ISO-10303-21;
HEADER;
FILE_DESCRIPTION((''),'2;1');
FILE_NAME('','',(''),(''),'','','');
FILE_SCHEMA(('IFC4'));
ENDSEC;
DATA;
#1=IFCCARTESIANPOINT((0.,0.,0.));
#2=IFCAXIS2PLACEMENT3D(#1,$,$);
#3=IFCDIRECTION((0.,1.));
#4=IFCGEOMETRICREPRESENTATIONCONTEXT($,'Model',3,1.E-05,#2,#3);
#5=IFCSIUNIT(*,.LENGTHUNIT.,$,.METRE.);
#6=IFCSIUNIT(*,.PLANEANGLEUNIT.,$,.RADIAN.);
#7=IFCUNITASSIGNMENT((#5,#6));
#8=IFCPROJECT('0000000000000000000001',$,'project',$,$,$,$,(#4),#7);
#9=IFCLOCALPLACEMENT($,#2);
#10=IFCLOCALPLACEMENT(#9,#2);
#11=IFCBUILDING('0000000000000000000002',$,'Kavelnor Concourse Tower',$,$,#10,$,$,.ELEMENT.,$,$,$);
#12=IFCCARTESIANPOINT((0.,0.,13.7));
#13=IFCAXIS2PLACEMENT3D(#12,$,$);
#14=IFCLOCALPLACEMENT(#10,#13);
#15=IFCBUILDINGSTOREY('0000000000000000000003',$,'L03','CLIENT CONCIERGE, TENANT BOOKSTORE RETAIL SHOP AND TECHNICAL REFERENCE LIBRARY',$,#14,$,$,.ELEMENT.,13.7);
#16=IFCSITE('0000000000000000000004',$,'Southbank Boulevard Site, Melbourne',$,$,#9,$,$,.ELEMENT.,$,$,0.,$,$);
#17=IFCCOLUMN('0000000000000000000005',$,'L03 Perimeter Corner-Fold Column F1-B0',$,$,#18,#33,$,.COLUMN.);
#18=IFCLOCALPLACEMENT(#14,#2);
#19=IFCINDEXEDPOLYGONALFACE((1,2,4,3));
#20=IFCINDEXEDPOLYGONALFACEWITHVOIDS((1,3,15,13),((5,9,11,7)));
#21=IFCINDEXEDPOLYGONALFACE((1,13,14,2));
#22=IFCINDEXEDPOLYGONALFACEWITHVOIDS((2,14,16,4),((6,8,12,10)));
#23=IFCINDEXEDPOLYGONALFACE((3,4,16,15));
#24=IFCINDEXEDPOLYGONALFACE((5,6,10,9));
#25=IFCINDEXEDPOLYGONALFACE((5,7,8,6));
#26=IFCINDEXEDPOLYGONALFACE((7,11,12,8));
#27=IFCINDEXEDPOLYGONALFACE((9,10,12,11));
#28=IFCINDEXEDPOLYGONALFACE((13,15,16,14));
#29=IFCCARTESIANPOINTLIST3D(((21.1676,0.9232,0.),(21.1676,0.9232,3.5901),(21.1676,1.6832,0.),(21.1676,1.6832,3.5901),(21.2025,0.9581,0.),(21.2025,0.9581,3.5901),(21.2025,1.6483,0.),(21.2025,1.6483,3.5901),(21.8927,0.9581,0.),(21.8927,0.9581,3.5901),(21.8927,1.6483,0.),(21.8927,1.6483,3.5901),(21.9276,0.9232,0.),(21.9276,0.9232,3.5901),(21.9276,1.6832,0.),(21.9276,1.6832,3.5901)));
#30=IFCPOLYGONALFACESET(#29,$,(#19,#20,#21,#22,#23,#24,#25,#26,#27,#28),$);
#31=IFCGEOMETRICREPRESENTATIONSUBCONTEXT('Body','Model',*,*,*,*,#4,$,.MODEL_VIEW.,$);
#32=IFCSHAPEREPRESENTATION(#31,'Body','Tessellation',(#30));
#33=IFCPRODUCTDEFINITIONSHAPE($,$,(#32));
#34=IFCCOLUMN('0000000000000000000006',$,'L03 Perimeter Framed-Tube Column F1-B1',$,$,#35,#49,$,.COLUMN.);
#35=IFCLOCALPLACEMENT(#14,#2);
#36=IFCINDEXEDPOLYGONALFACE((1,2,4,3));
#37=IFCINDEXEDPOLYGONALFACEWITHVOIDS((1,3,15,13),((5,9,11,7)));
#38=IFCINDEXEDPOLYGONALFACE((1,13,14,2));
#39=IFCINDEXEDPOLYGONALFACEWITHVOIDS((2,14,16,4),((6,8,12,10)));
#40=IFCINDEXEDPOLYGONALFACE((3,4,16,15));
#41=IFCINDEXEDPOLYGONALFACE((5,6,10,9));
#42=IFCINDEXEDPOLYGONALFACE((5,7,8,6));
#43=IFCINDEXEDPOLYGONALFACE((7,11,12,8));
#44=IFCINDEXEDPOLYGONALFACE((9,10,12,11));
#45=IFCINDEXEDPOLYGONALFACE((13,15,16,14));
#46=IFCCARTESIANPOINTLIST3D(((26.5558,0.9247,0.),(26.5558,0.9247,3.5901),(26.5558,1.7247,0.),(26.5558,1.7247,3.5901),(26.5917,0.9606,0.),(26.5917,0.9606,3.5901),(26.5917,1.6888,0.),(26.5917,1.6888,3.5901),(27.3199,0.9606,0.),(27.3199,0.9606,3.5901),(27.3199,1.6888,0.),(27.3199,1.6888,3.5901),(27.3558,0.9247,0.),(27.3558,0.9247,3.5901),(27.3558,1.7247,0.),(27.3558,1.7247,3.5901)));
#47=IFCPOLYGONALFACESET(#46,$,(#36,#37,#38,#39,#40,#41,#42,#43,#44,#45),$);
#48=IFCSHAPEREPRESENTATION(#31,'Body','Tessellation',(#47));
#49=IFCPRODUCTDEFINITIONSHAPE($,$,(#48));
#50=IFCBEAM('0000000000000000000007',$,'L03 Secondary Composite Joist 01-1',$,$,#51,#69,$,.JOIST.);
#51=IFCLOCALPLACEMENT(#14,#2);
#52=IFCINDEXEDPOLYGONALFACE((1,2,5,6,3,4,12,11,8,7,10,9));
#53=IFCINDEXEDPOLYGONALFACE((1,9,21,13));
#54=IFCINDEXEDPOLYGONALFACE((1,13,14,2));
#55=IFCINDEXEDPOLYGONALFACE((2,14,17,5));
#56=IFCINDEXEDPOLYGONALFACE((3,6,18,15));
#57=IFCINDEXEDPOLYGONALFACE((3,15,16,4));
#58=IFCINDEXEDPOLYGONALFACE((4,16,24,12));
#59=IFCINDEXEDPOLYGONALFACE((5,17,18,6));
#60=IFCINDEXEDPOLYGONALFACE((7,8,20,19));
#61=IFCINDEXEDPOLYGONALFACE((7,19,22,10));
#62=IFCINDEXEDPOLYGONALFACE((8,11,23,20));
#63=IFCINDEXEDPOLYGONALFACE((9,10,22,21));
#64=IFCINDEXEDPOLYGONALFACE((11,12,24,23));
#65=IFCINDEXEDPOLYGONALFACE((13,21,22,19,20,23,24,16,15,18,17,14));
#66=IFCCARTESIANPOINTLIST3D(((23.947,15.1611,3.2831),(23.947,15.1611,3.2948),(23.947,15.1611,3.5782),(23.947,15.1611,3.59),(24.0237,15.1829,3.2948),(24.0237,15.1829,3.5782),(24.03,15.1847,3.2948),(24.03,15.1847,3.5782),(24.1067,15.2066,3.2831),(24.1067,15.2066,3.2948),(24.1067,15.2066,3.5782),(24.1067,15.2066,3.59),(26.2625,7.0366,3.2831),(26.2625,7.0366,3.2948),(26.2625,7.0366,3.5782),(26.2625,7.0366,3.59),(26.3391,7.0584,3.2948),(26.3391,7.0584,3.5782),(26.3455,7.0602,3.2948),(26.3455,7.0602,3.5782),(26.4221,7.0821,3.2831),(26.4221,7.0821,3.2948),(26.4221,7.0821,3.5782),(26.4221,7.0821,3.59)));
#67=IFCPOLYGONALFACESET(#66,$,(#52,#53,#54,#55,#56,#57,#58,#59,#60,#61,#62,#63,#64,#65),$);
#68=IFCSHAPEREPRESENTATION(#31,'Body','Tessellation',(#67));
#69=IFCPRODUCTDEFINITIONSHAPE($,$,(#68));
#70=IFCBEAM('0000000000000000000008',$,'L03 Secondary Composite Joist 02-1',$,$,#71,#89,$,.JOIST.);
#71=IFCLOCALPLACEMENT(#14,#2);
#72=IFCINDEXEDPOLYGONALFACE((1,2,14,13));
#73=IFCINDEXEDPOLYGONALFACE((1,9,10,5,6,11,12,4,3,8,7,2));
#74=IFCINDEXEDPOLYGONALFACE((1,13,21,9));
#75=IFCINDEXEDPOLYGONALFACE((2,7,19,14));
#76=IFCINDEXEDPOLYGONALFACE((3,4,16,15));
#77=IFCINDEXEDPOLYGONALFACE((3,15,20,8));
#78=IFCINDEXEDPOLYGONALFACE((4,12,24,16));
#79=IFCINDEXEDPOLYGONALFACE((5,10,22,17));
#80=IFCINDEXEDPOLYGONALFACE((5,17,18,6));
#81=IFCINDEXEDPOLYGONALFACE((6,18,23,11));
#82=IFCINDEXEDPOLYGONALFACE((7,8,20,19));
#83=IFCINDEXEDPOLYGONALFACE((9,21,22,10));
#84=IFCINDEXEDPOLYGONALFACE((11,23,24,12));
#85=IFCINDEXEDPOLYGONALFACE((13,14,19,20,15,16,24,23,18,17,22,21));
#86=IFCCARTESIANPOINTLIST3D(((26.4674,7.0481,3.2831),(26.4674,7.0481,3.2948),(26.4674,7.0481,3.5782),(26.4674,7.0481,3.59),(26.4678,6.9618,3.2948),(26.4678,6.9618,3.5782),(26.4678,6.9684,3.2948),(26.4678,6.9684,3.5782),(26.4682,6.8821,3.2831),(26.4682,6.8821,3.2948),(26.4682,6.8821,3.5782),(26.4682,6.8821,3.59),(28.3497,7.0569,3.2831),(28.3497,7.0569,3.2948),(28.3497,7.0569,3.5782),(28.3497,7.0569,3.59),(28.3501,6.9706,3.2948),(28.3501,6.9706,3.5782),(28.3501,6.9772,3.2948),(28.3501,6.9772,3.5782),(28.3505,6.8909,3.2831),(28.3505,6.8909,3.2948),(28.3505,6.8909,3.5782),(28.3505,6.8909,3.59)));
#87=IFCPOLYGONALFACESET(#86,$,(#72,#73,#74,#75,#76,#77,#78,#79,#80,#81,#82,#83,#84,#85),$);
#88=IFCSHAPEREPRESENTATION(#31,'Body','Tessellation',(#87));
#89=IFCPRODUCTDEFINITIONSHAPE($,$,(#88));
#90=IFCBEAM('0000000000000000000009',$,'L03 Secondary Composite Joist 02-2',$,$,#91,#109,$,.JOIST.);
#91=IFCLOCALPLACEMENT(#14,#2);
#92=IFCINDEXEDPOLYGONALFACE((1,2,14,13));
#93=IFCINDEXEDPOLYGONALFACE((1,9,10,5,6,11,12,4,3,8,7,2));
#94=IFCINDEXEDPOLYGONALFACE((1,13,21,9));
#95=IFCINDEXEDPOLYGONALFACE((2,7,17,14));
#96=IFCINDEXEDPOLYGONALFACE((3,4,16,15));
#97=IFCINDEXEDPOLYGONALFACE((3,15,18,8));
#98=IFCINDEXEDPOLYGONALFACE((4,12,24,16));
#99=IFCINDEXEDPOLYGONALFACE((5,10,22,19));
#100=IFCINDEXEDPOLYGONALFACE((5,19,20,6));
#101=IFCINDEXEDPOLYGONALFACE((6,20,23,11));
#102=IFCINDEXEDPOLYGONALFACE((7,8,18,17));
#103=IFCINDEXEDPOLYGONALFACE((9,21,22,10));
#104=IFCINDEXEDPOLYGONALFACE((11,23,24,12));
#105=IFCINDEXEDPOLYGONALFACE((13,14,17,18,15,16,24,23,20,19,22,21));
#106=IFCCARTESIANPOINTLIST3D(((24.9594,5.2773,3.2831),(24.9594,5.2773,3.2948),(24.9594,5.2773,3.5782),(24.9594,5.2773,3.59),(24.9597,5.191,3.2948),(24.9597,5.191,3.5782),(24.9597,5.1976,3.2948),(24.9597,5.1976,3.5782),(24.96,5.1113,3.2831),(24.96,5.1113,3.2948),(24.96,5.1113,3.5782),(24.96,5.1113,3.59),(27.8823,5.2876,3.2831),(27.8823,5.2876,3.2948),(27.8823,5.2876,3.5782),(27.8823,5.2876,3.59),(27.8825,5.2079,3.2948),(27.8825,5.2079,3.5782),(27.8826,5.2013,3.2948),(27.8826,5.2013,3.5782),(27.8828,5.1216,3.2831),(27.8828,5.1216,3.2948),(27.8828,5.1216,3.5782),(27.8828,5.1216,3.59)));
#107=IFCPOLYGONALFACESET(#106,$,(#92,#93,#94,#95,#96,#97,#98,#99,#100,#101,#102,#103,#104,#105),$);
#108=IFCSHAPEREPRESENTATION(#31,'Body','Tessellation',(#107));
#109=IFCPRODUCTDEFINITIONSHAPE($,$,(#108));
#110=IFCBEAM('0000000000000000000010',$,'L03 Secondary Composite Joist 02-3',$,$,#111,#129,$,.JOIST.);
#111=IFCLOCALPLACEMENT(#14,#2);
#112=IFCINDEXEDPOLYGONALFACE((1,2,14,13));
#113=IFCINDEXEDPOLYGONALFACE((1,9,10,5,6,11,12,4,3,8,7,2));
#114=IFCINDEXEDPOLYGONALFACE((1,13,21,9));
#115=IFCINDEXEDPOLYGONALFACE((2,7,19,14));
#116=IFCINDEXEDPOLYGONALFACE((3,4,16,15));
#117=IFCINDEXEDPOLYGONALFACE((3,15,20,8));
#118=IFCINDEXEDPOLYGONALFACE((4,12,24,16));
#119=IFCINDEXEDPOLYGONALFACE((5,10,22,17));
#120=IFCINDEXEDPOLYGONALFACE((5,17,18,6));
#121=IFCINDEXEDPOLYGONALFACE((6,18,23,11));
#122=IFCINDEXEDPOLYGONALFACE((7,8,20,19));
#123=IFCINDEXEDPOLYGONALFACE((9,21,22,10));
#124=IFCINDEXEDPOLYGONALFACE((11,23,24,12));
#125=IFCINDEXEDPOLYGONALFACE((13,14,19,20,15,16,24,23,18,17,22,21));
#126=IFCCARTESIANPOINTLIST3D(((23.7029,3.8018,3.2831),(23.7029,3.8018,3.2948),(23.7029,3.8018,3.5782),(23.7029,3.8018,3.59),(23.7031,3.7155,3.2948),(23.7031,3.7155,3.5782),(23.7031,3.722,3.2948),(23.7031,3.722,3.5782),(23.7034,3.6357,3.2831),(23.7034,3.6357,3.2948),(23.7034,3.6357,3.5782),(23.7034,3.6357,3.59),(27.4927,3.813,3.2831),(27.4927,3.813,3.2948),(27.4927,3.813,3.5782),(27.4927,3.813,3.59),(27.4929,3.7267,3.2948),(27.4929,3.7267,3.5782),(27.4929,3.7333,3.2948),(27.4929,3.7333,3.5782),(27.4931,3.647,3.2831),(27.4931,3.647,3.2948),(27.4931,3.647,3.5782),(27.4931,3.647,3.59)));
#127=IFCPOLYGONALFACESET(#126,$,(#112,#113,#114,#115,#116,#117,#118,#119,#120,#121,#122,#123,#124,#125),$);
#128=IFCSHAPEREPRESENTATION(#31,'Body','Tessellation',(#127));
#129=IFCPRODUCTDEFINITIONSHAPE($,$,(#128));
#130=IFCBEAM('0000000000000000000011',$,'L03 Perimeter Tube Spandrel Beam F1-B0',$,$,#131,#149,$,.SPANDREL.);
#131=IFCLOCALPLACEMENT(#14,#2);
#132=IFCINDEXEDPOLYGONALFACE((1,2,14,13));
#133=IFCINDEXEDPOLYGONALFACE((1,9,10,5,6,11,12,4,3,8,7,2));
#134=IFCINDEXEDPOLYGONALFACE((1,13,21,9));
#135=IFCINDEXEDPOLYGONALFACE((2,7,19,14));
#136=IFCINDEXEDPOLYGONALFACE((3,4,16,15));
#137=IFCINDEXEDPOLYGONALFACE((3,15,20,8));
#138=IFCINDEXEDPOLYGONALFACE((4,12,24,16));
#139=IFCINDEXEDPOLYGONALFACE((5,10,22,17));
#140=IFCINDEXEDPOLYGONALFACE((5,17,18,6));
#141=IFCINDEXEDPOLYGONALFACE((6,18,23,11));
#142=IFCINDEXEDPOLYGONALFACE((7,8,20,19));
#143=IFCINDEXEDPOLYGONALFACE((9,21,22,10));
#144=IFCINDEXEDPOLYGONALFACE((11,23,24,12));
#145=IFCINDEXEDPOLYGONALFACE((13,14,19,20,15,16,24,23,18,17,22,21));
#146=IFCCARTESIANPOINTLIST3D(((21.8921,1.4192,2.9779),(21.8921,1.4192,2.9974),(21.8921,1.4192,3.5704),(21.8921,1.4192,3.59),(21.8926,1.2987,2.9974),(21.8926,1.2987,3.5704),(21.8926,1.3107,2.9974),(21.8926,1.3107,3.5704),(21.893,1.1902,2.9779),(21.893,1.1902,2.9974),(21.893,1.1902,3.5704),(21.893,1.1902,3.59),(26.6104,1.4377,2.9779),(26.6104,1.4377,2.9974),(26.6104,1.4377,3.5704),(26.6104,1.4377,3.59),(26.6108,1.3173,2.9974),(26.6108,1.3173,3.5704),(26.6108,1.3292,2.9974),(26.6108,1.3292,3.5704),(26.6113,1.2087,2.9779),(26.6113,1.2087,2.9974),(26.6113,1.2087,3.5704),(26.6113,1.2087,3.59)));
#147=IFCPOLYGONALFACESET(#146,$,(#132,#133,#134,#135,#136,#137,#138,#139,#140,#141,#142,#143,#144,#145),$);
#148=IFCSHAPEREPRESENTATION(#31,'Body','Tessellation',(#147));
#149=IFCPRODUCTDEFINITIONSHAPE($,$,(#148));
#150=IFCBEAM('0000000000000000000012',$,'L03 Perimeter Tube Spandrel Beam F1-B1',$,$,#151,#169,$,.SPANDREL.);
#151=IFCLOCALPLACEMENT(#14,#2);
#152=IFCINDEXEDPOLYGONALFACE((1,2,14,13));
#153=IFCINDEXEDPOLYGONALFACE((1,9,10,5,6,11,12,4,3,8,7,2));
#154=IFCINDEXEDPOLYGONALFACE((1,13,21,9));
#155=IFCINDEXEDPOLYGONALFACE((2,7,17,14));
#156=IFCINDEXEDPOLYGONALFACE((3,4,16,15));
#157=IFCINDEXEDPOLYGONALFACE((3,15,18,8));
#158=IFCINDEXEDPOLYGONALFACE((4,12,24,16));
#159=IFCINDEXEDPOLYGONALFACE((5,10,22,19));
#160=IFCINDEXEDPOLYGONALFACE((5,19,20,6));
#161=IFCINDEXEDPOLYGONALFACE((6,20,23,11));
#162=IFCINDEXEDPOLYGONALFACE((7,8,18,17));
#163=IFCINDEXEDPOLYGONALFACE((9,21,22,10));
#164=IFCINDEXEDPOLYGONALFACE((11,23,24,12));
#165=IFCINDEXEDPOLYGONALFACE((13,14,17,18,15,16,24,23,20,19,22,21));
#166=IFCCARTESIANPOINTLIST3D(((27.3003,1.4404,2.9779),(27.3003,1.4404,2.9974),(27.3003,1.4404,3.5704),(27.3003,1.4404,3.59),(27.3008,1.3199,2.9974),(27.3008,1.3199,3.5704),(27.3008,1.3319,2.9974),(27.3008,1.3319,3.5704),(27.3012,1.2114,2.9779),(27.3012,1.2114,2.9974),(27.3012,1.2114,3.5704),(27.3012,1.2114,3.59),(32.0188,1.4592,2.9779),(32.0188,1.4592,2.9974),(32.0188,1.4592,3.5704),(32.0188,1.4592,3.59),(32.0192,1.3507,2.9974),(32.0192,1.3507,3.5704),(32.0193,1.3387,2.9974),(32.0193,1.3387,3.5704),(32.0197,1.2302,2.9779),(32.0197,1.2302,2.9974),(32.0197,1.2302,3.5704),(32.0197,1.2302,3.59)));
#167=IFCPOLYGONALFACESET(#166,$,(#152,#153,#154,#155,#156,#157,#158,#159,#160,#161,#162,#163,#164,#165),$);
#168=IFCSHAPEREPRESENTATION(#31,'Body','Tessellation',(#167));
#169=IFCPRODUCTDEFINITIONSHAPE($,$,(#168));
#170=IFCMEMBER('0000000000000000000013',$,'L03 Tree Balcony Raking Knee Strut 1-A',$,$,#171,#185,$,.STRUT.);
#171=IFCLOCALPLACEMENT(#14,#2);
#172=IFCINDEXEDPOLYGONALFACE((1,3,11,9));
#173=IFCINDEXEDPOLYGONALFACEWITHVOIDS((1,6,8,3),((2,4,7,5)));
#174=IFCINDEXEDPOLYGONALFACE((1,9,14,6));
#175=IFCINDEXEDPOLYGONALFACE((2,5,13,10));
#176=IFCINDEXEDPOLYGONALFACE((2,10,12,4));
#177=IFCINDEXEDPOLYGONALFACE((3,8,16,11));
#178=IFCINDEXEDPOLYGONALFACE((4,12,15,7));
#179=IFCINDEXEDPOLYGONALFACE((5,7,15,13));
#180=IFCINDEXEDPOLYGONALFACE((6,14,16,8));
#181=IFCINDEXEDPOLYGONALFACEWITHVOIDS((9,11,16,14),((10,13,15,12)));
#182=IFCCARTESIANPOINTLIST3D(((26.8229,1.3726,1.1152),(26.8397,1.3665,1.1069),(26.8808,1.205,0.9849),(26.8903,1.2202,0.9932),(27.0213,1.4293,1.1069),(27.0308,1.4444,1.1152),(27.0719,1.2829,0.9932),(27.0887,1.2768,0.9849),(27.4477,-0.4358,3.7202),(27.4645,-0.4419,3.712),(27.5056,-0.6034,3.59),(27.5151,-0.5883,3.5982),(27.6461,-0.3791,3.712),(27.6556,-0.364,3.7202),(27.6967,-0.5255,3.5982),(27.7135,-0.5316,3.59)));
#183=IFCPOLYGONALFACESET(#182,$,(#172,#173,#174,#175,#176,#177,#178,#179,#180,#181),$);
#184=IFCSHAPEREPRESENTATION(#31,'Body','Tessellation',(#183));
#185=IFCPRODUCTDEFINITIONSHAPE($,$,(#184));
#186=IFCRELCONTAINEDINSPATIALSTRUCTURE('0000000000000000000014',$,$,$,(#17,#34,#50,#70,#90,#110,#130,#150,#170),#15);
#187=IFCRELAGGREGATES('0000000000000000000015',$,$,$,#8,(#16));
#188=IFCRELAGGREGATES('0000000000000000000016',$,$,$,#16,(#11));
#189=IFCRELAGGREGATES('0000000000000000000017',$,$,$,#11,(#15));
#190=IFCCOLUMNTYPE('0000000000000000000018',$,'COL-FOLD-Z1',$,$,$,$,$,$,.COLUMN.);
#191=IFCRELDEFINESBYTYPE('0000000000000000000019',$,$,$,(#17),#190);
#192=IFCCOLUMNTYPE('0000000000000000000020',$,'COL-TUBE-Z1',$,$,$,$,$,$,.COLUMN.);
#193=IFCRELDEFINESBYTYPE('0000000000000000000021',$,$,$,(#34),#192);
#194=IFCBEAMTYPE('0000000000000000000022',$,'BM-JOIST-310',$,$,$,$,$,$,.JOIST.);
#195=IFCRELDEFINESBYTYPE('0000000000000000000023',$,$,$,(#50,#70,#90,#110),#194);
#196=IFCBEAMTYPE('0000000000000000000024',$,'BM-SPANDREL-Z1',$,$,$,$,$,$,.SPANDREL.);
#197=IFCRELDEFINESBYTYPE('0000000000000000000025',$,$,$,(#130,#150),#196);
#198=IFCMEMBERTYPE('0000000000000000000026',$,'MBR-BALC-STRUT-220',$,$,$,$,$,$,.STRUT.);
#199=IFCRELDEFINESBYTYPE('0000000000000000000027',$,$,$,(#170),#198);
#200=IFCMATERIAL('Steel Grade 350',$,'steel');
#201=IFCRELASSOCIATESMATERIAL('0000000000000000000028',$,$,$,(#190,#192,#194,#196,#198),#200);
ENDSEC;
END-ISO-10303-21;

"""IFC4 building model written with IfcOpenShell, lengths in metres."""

from ifc_helpers import new_model, si_unit, direction, frame, origin, origin_2d, place, context, subcontext, project, spatial, hollow_rectangle, i_section, extrude, material, material_profile, profile_set, type_object, element, save


model = new_model("IFC4")

# Units and contexts
model_context = context("Model", 3, precision=1e-05, world=origin(), true_north=direction((0.0, 1.0)))
body_context = subcontext(model_context, "Body", "Model", "MODEL_VIEW")
ifc_project = project(units=[si_unit("LENGTHUNIT", "METRE"), si_unit("PLANEANGLEUNIT", "RADIAN")], contexts=[model_context])

# Site, building, storey
site_placement = place(None, origin())
site = spatial("IfcSite", under=ifc_project, at=site_placement, Name="Southbank Boulevard Site, Melbourne", CompositionType="ELEMENT", RefElevation=0.0)
building_placement = place(site_placement, origin())
building = spatial("IfcBuilding", under=site, at=building_placement, Name="Kavelnor Concourse Tower", CompositionType="ELEMENT")
storey_placement = place(building_placement, frame((0.0, 0.0, 13.7)))
storey = spatial("IfcBuildingStorey", under=building, at=storey_placement, Name="L03", Description="CLIENT CONCIERGE, TENANT BOOKSTORE RETAIL SHOP AND TECHNICAL REFERENCE LIBRARY", CompositionType="ELEMENT", Elevation=13.7)

# Columns
ifc_material_1 = material(Name="Steel Grade 350", Category="steel")
ifc_material_profile_1 = material_profile(ifc_material_1, hollow_rectangle(XDim=0.76, YDim=0.76, WallThickness=0.0349, at=origin_2d()), Name="SHS 760x760x35")
ifc_profile_set_1 = profile_set([ifc_material_profile_1], Name="Steel Grade 350")
column_type_1 = type_object("IfcColumnType", Name="COL-FOLD-Z1", PredefinedType="COLUMN", material=ifc_profile_set_1)
column_1_placement = place(storey_placement, frame((21.5476, 1.3032, 0.0), z_axis=(0.0, 0.0, 1.0), x_axis=(1.0, 0.0, 0.0)))
element("IfcColumn", 1, at=column_1_placement, inside=storey, type_object=column_type_1, Name="L03 Perimeter Corner-Fold Column F1-B0", PredefinedType="COLUMN", context=body_context, shape_type="SweptSolid", body=[
    extrude(hollow_rectangle(XDim=0.76, YDim=0.76, WallThickness=0.0349, at=origin_2d()), origin(), (0.0, 0.0, 1.0), 3.5901),
])
ifc_material_profile_2 = material_profile(ifc_material_1, hollow_rectangle(XDim=0.8, YDim=0.8, WallThickness=0.0359, at=origin_2d()), Name="SHS 800x800x36")
ifc_profile_set_2 = profile_set([ifc_material_profile_2], Name="Steel Grade 350")
column_type_2 = type_object("IfcColumnType", Name="COL-TUBE-Z1", PredefinedType="COLUMN", material=ifc_profile_set_2)
column_2_placement = place(storey_placement, frame((26.9558, 1.3247, 0.0), z_axis=(0.0, 0.0, 1.0), x_axis=(1.0, 0.0, 0.0)))
element("IfcColumn", 2, at=column_2_placement, inside=storey, type_object=column_type_2, Name="L03 Perimeter Framed-Tube Column F1-B1", PredefinedType="COLUMN", context=body_context, shape_type="SweptSolid", body=[
    extrude(hollow_rectangle(XDim=0.8, YDim=0.8, WallThickness=0.0359, at=origin_2d()), origin(), (0.0, 0.0, 1.0), 3.5901),
])

# Beams
ifc_material_profile_3 = material_profile(ifc_material_1, i_section(OverallWidth=0.166, OverallDepth=0.3069, WebThickness=0.0066, FlangeThickness=0.0117, at=origin_2d()), Name="310UB46")
ifc_profile_set_3 = profile_set([ifc_material_profile_3], Name="Steel Grade 350")
beam_type_1 = type_object("IfcBeamType", Name="BM-JOIST-310", PredefinedType="JOIST", material=ifc_profile_set_3)
beam_1_placement = place(storey_placement, frame((24.0269, 15.1838, 3.4365), z_axis=(0.27408, -0.961707, 0.0), x_axis=(0.961707, 0.27408, 0.0)))
element("IfcBeam", 3, at=beam_1_placement, inside=storey, type_object=beam_type_1, Name="L03 Secondary Composite Joist 01-1", PredefinedType="JOIST", context=body_context, shape_type="SweptSolid", body=[
    extrude(i_section(OverallWidth=0.166, OverallDepth=0.3069, WebThickness=0.0066, FlangeThickness=0.0117, at=origin_2d()), origin(), (0.0, 0.0, 1.0), 8.448),
])
beam_2_placement = place(storey_placement, frame((26.4678, 6.9651, 3.4365), z_axis=(0.999989, 0.004669, 0.0), x_axis=(-0.004669, 0.999989, 0.0)))
element("IfcBeam", 4, at=beam_2_placement, inside=storey, type_object=beam_type_1, Name="L03 Secondary Composite Joist 02-1", PredefinedType="JOIST", context=body_context, shape_type="SweptSolid", body=[
    extrude(i_section(OverallWidth=0.166, OverallDepth=0.3069, WebThickness=0.0066, FlangeThickness=0.0117, at=origin_2d()), origin(), (0.0, 0.0, 1.0), 1.8823),
])
beam_3_placement = place(storey_placement, frame((24.9597, 5.1943, 3.4365), z_axis=(0.999994, 0.003508, 0.0), x_axis=(-0.003508, 0.999994, 0.0)))
element("IfcBeam", 5, at=beam_3_placement, inside=storey, type_object=beam_type_1, Name="L03 Secondary Composite Joist 02-2", PredefinedType="JOIST", context=body_context, shape_type="SweptSolid", body=[
    extrude(i_section(OverallWidth=0.166, OverallDepth=0.3069, WebThickness=0.0066, FlangeThickness=0.0117, at=origin_2d()), origin(), (0.0, 0.0, 1.0), 2.9229),
])
beam_4_placement = place(storey_placement, frame((23.7031, 3.7188, 3.4365), z_axis=(0.999996, 0.002963, 0.0), x_axis=(-0.002963, 0.999996, 0.0)))
element("IfcBeam", 6, at=beam_4_placement, inside=storey, type_object=beam_type_1, Name="L03 Secondary Composite Joist 02-3", PredefinedType="JOIST", context=body_context, shape_type="SweptSolid", body=[
    extrude(i_section(OverallWidth=0.166, OverallDepth=0.3069, WebThickness=0.0066, FlangeThickness=0.0117, at=origin_2d()), origin(), (0.0, 0.0, 1.0), 3.7898),
])
ifc_material_profile_4 = material_profile(ifc_material_1, i_section(OverallWidth=0.229, OverallDepth=0.6121, WebThickness=0.012, FlangeThickness=0.0195, at=origin_2d()), Name="610UB125")
ifc_profile_set_4 = profile_set([ifc_material_profile_4], Name="Steel Grade 350")
beam_type_2 = type_object("IfcBeamType", Name="BM-SPANDREL-Z1", PredefinedType="SPANDREL", material=ifc_profile_set_4)
beam_5_placement = place(storey_placement, frame((21.8926, 1.3047, 3.2839), z_axis=(0.999992, 0.003932, 0.0), x_axis=(-0.003932, 0.999992, 0.0)))
element("IfcBeam", 7, at=beam_5_placement, inside=storey, type_object=beam_type_2, Name="L03 Perimeter Tube Spandrel Beam F1-B0", PredefinedType="SPANDREL", context=body_context, shape_type="SweptSolid", body=[
    extrude(i_section(OverallWidth=0.229, OverallDepth=0.6121, WebThickness=0.012, FlangeThickness=0.0195, at=origin_2d()), origin(), (0.0, 0.0, 1.0), 4.7183),
])
beam_6_placement = place(storey_placement, frame((27.3008, 1.3259, 3.2839), z_axis=(0.999992, 0.003984, 0.0), x_axis=(-0.003984, 0.999992, 0.0)))
element("IfcBeam", 8, at=beam_6_placement, inside=storey, type_object=beam_type_2, Name="L03 Perimeter Tube Spandrel Beam F1-B1", PredefinedType="SPANDREL", context=body_context, shape_type="SweptSolid", body=[
    extrude(i_section(OverallWidth=0.229, OverallDepth=0.6121, WebThickness=0.012, FlangeThickness=0.0195, at=origin_2d()), origin(), (0.0, 0.0, 1.0), 4.7185),
])

# Member
ifc_material_profile_5 = material_profile(ifc_material_1, hollow_rectangle(XDim=0.22, YDim=0.22, WallThickness=0.0139, at=origin_2d()), Name="SHS 220x220x14")
ifc_profile_set_5 = profile_set([ifc_material_profile_5], Name="Steel Grade 350")
member_type = type_object("IfcMemberType", Name="MBR-BALC-STRUT-220", PredefinedType="STRUT", material=ifc_profile_set_5)
member_placement = place(storey_placement, frame((26.9558, 1.3247, 1.05), z_axis=(0.193298, -0.559499, 0.805975), x_axis=(0.945182, 0.326545, 0.0)))
element("IfcMember", 9, at=member_placement, inside=storey, type_object=member_type, Name="L03 Tree Balcony Raking Knee Strut 1-A", PredefinedType="STRUT", context=body_context, shape_type="SweptSolid", body=[
    extrude(hollow_rectangle(XDim=0.22, YDim=0.22, WallThickness=0.0139, at=origin_2d()), origin(), (0.0, 0.0, 1.0), 3.2322),
])

save(model, "model.ifc")
